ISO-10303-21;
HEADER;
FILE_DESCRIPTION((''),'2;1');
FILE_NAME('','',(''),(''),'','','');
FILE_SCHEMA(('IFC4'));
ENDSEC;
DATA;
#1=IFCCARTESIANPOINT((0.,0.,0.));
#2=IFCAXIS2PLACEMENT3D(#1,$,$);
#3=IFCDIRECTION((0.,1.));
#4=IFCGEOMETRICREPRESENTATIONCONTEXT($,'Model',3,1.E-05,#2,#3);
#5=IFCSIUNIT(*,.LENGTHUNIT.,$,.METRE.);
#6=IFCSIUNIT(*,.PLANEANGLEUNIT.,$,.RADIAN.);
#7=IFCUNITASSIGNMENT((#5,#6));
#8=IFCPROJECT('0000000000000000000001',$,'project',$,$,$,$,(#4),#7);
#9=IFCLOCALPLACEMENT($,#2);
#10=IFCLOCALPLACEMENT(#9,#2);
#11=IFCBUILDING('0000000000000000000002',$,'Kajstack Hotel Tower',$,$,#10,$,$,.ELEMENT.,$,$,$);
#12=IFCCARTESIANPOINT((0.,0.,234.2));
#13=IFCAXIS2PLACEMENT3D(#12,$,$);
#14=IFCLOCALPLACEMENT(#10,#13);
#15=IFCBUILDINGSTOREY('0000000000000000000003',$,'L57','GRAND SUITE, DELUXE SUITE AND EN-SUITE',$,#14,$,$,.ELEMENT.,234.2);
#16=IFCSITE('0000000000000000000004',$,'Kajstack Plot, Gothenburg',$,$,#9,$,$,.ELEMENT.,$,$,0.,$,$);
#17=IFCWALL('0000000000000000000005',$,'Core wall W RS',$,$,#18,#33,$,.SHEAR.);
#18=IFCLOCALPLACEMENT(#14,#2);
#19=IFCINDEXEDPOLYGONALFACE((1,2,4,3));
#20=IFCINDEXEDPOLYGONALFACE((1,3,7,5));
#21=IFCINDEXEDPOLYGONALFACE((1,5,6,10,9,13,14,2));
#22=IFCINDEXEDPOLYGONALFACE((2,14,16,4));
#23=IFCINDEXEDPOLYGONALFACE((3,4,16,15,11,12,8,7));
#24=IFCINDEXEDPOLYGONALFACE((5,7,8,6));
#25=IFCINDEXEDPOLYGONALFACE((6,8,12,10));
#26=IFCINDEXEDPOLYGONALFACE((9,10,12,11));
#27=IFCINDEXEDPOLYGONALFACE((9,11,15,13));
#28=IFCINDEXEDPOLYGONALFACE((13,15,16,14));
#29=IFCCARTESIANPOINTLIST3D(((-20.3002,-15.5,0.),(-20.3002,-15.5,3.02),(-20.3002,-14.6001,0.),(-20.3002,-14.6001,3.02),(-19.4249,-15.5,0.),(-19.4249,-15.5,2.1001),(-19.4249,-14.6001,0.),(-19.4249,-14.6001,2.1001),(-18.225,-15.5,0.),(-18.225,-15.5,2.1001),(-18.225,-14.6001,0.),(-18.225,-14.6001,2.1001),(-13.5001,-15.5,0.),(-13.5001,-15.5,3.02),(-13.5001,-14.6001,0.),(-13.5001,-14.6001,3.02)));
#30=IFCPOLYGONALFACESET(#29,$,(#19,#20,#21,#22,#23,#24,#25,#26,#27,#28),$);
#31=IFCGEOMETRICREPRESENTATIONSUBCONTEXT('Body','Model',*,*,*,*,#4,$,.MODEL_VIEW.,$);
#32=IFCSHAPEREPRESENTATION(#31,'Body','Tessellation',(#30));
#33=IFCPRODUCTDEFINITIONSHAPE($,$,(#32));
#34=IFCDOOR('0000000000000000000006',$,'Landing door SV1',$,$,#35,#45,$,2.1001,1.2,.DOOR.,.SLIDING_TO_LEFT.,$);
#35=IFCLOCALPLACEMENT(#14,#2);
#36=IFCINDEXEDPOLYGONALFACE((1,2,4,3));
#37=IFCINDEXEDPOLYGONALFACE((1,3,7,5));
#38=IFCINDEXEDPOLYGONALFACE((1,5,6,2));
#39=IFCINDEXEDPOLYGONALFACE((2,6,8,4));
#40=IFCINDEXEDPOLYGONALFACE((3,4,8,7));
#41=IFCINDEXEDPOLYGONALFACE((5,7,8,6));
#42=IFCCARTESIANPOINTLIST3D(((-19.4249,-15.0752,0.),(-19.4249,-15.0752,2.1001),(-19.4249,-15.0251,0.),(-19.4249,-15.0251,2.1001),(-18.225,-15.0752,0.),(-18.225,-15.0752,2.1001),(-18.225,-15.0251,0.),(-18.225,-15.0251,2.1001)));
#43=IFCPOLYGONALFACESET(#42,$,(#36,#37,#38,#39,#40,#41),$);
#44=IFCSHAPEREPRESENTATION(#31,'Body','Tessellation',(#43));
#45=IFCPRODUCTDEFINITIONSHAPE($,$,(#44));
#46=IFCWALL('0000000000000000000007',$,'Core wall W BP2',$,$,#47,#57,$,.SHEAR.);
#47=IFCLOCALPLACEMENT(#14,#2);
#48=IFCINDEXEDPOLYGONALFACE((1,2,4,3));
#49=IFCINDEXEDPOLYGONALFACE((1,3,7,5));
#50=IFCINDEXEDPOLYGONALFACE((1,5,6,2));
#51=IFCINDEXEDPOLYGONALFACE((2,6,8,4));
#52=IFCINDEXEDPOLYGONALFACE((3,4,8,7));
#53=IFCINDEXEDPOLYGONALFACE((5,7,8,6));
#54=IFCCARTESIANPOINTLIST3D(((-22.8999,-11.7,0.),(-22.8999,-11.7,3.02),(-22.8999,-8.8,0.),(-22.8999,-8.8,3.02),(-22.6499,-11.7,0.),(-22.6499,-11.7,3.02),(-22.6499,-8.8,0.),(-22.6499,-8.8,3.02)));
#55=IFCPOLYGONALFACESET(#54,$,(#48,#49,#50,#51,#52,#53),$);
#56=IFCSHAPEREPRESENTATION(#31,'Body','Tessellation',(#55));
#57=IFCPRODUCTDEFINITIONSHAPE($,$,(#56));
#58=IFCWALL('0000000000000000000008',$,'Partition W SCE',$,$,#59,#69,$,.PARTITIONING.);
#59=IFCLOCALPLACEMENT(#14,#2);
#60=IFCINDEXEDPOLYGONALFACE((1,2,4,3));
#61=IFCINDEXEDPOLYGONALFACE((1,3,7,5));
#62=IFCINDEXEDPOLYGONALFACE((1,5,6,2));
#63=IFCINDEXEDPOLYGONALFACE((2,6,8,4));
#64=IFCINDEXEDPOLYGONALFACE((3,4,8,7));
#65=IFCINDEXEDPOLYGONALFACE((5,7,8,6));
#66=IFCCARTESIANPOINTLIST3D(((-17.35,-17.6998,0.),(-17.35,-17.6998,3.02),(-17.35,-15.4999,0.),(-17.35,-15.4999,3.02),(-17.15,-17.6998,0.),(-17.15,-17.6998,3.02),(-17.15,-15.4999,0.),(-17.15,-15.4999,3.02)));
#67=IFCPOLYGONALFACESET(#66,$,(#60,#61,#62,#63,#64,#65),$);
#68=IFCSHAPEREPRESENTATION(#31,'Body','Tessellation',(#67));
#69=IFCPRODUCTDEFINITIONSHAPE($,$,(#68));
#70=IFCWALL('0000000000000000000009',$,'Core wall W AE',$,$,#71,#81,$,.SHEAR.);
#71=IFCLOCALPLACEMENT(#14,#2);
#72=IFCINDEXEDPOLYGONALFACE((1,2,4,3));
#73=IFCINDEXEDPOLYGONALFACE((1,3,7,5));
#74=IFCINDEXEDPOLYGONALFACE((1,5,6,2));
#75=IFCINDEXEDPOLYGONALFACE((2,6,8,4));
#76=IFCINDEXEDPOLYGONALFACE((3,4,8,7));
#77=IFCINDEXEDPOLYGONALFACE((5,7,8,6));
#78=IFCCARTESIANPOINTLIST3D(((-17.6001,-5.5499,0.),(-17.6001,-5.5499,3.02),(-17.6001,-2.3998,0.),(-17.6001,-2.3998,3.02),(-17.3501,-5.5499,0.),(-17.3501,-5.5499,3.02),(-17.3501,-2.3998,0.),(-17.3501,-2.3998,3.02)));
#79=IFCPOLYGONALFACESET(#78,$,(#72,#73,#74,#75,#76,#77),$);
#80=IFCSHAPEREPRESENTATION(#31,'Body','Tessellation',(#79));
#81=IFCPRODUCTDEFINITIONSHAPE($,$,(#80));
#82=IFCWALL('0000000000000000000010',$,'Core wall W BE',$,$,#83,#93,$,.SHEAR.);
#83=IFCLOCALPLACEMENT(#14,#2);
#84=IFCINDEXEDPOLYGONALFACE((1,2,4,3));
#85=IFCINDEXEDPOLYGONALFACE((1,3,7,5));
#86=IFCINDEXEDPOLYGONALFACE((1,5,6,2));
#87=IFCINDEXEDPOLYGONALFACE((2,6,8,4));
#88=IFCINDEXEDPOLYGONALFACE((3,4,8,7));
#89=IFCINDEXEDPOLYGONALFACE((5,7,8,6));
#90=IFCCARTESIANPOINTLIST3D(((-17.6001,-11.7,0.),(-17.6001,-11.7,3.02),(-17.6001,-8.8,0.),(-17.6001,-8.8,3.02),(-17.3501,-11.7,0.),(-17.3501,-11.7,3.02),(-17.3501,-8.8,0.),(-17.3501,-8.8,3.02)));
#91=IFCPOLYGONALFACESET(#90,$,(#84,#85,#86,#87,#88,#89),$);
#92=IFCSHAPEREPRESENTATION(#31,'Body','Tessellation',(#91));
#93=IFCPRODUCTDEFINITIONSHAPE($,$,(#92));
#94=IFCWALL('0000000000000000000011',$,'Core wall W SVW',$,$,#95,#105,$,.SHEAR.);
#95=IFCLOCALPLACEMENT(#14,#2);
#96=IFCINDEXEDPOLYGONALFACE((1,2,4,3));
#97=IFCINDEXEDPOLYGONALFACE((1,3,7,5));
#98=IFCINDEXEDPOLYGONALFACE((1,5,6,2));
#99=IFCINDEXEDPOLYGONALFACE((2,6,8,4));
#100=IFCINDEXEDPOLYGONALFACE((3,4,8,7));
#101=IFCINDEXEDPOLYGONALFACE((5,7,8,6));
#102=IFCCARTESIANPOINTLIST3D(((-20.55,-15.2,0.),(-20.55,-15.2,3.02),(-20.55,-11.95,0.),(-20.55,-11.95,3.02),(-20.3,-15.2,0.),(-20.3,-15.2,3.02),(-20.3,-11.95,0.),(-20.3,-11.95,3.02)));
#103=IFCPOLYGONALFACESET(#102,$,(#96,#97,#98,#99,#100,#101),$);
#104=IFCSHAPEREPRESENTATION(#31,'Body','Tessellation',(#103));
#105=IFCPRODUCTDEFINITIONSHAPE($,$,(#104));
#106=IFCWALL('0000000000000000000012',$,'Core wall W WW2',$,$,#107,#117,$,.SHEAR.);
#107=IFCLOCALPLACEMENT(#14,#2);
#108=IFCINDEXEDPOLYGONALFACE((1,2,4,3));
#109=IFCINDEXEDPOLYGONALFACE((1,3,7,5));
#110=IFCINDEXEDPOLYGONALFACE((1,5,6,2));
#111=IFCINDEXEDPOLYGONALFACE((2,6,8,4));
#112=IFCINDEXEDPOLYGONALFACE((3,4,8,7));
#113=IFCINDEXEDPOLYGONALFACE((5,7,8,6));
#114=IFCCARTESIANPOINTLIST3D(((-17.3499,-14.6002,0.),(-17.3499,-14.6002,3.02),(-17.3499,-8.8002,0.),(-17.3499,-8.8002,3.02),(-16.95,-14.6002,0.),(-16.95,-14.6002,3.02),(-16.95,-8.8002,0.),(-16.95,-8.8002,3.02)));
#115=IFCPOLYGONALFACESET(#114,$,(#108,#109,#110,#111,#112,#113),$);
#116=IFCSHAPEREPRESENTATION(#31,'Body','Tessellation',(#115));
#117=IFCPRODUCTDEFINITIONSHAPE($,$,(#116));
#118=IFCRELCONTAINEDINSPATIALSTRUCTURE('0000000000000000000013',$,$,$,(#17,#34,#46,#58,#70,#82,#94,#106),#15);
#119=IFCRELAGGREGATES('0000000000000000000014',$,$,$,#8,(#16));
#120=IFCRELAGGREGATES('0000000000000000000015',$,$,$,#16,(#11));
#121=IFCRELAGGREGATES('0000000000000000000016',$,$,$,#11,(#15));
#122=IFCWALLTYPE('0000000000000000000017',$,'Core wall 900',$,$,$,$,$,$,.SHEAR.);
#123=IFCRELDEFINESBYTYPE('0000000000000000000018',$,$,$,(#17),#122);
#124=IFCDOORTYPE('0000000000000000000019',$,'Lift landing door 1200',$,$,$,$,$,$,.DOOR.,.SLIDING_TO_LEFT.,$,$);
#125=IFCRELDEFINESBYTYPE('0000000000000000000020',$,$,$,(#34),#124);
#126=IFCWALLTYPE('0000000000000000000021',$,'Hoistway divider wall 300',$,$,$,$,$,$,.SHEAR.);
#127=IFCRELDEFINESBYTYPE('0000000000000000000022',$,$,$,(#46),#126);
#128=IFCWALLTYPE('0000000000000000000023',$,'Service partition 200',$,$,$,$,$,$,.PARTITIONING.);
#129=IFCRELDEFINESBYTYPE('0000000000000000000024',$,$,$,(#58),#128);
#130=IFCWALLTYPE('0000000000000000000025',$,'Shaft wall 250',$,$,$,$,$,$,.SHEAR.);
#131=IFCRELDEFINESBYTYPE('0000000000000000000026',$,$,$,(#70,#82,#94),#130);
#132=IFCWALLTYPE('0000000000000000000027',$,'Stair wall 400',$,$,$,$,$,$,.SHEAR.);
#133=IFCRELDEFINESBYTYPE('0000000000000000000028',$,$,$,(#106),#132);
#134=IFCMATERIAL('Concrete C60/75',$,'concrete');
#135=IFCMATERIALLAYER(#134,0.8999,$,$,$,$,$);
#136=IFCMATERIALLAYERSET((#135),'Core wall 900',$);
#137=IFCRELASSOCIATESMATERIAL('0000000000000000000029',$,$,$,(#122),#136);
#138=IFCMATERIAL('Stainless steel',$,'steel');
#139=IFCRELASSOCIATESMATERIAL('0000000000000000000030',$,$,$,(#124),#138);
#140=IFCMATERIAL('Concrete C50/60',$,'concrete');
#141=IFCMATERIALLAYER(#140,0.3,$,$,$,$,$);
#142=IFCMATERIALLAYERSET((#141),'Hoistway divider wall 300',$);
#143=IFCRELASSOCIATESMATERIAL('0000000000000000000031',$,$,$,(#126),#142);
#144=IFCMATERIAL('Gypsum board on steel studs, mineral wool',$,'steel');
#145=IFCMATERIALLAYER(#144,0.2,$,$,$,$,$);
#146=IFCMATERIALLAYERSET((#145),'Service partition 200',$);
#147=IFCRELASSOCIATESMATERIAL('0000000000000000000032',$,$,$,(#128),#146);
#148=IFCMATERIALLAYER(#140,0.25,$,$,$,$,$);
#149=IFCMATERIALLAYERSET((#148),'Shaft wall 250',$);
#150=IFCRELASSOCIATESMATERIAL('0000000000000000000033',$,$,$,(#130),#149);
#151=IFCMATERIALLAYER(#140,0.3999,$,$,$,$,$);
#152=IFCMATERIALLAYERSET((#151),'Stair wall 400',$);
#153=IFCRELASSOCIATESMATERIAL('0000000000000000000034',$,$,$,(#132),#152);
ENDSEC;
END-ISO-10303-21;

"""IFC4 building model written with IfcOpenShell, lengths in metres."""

from ifc_helpers import new_model, si_unit, direction, frame, frame_2d, origin, place, context, subcontext, project, spatial, rectangle, extrude, material, layer, layer_set, type_object, element, fill, save


model = new_model("IFC4")

# Units and contexts
model_context = context("Model", 3, precision=1e-05, world=origin(), true_north=direction((0.0, 1.0)))
body_context = subcontext(model_context, "Body", "Model", "MODEL_VIEW")
ifc_project = project(units=[si_unit("LENGTHUNIT", "METRE"), si_unit("PLANEANGLEUNIT", "RADIAN")], contexts=[model_context])

# Site, building, storey
site_placement = place(None, origin())
site = spatial("IfcSite", under=ifc_project, at=site_placement, Name="Kajstack Plot, Gothenburg", CompositionType="ELEMENT", RefElevation=0.0)
building_placement = place(site_placement, origin())
building = spatial("IfcBuilding", under=site, at=building_placement, Name="Kajstack Hotel Tower", CompositionType="ELEMENT")
storey_placement = place(building_placement, frame((0.0, 0.0, 234.2)))
storey = spatial("IfcBuildingStorey", under=building, at=storey_placement, Name="L57", Description="GRAND SUITE, DELUXE SUITE AND EN-SUITE", CompositionType="ELEMENT", Elevation=234.2)

# Wall, opening, door
ifc_material_1 = material(Name="Concrete C60/75", Category="concrete")
ifc_layer_1 = layer(ifc_material_1, 0.8999)
ifc_layer_set_1 = layer_set([ifc_layer_1], Name="Core wall 900")
wall_type_1 = type_object("IfcWallType", Name="Core wall 900", PredefinedType="SHEAR", material=ifc_layer_set_1)
wall_1_placement = place(storey_placement, frame((-20.3, -15.05, 0.0), z_axis=(0.0, 0.0, 1.0), x_axis=(1.0, 0.0, 0.0)))
wall_1 = element("IfcWall", 1, at=wall_1_placement, inside=storey, type_object=wall_type_1, Name="Core wall W RS", PredefinedType="SHEAR", context=body_context, shape_type="SweptSolid", body=[
    extrude(rectangle(XDim=6.8, YDim=0.8999, at=frame_2d((3.3999, 0.0))), origin(), (0.0, 0.0, 1.0), 3.02),
])
opening_placement = place(wall_1_placement, frame((0.875, 0.0, 0.0)))
opening = element("IfcOpeningElement", 2, at=opening_placement, cuts=wall_1, PredefinedType="OPENING", context=body_context, shape_type="SweptSolid", body=[
    extrude(rectangle(XDim=1.2, YDim=2.1001, at=frame_2d((0.6001, 1.05))), frame((0.0, 0.46, 0.0), z_axis=(0.0, -1.0, 0.0), x_axis=(1.0, 0.0, 0.0)), (0.0, 0.0, 1.0), 0.9199),
])
ifc_material_2 = material(Name="Stainless steel", Category="steel")
door_type = type_object("IfcDoorType", Name="Lift landing door 1200", OperationType="SLIDING_TO_LEFT", PredefinedType="DOOR", material=ifc_material_2)
door_placement = place(opening_placement, origin())
door = element("IfcDoor", 3, at=door_placement, inside=storey, type_object=door_type, Name="Landing door SV1", OperationType="SLIDING_TO_LEFT", OverallHeight=2.1001, OverallWidth=1.2, PredefinedType="DOOR", context=body_context, shape_type="SweptSolid", body=[
    extrude(rectangle(XDim=1.2, YDim=2.1001, at=frame_2d((0.6001, 1.05))), frame((0.0, 0.0249, 0.0), z_axis=(0.0, -1.0, 0.0), x_axis=(1.0, 0.0, 0.0)), (0.0, 0.0, 1.0), 0.05),
])
fill(opening, door)

# Walls
ifc_material_3 = material(Name="Concrete C50/60", Category="concrete")
ifc_layer_2 = layer(ifc_material_3, 0.3)
ifc_layer_set_2 = layer_set([ifc_layer_2], Name="Hoistway divider wall 300")
wall_type_2 = type_object("IfcWallType", Name="Hoistway divider wall 300", PredefinedType="SHEAR", material=ifc_layer_set_2)
wall_2_placement = place(storey_placement, frame((-22.7749, -11.7, 0.0), z_axis=(0.0, 0.0, 1.0), x_axis=(0.0, 1.0, 0.0)))
element("IfcWall", 4, at=wall_2_placement, inside=storey, type_object=wall_type_2, Name="Core wall W BP2", PredefinedType="SHEAR", context=body_context, shape_type="SweptSolid", body=[
    extrude(rectangle(XDim=2.8999, YDim=0.25, at=frame_2d((1.45, 0.0))), origin(), (0.0, 0.0, 1.0), 3.02),
])
ifc_material_4 = material(Name="Gypsum board on steel studs, mineral wool", Category="steel")
ifc_layer_3 = layer(ifc_material_4, 0.2)
ifc_layer_set_3 = layer_set([ifc_layer_3], Name="Service partition 200")
wall_type_3 = type_object("IfcWallType", Name="Service partition 200", PredefinedType="PARTITIONING", material=ifc_layer_set_3)
wall_3_placement = place(storey_placement, frame((-17.25, -17.7, 0.0), z_axis=(0.0, 0.0, 1.0), x_axis=(0.0, 1.0, 0.0)))
element("IfcWall", 5, at=wall_3_placement, inside=storey, type_object=wall_type_3, Name="Partition W SCE", PredefinedType="PARTITIONING", context=body_context, shape_type="SweptSolid", body=[
    extrude(rectangle(XDim=2.2, YDim=0.2, at=frame_2d((1.1001, 0.0))), origin(), (0.0, 0.0, 1.0), 3.02),
])
ifc_layer_4 = layer(ifc_material_3, 0.25)
ifc_layer_set_4 = layer_set([ifc_layer_4], Name="Shaft wall 250")
wall_type_4 = type_object("IfcWallType", Name="Shaft wall 250", PredefinedType="SHEAR", material=ifc_layer_set_4)
wall_4_placement = place(storey_placement, frame((-17.4751, -5.55, 0.0), z_axis=(0.0, 0.0, 1.0), x_axis=(0.0, 1.0, 0.0)))
element("IfcWall", 6, at=wall_4_placement, inside=storey, type_object=wall_type_4, Name="Core wall W AE", PredefinedType="SHEAR", context=body_context, shape_type="SweptSolid", body=[
    extrude(rectangle(XDim=3.1501, YDim=0.25, at=frame_2d((1.5752, 0.0))), origin(), (0.0, 0.0, 1.0), 3.02),
])
wall_5_placement = place(storey_placement, frame((-17.4751, -11.7, 0.0), z_axis=(0.0, 0.0, 1.0), x_axis=(0.0, 1.0, 0.0)))
element("IfcWall", 7, at=wall_5_placement, inside=storey, type_object=wall_type_4, Name="Core wall W BE", PredefinedType="SHEAR", context=body_context, shape_type="SweptSolid", body=[
    extrude(rectangle(XDim=2.8999, YDim=0.25, at=frame_2d((1.45, 0.0))), origin(), (0.0, 0.0, 1.0), 3.02),
])
wall_6_placement = place(storey_placement, frame((-20.425, -15.2, 0.0), z_axis=(0.0, 0.0, 1.0), x_axis=(0.0, 1.0, 0.0)))
element("IfcWall", 8, at=wall_6_placement, inside=storey, type_object=wall_type_4, Name="Core wall W SVW", PredefinedType="SHEAR", context=body_context, shape_type="SweptSolid", body=[
    extrude(rectangle(XDim=3.25, YDim=0.25, at=frame_2d((1.625, 0.0))), origin(), (0.0, 0.0, 1.0), 3.02),
])
ifc_layer_5 = layer(ifc_material_3, 0.3999)
ifc_layer_set_5 = layer_set([ifc_layer_5], Name="Stair wall 400")
wall_type_5 = type_object("IfcWallType", Name="Stair wall 400", PredefinedType="SHEAR", material=ifc_layer_set_5)
wall_7_placement = place(storey_placement, frame((-17.1499, -14.6001, 0.0), z_axis=(0.0, 0.0, 1.0), x_axis=(0.0, 1.0, 0.0)))
element("IfcWall", 9, at=wall_7_placement, inside=storey, type_object=wall_type_5, Name="Core wall W WW2", PredefinedType="SHEAR", context=body_context, shape_type="SweptSolid", body=[
    extrude(rectangle(XDim=5.8, YDim=0.3999, at=frame_2d((2.8999, 0.0))), origin(), (0.0, 0.0, 1.0), 3.02),
])

save(model, "model.ifc")
